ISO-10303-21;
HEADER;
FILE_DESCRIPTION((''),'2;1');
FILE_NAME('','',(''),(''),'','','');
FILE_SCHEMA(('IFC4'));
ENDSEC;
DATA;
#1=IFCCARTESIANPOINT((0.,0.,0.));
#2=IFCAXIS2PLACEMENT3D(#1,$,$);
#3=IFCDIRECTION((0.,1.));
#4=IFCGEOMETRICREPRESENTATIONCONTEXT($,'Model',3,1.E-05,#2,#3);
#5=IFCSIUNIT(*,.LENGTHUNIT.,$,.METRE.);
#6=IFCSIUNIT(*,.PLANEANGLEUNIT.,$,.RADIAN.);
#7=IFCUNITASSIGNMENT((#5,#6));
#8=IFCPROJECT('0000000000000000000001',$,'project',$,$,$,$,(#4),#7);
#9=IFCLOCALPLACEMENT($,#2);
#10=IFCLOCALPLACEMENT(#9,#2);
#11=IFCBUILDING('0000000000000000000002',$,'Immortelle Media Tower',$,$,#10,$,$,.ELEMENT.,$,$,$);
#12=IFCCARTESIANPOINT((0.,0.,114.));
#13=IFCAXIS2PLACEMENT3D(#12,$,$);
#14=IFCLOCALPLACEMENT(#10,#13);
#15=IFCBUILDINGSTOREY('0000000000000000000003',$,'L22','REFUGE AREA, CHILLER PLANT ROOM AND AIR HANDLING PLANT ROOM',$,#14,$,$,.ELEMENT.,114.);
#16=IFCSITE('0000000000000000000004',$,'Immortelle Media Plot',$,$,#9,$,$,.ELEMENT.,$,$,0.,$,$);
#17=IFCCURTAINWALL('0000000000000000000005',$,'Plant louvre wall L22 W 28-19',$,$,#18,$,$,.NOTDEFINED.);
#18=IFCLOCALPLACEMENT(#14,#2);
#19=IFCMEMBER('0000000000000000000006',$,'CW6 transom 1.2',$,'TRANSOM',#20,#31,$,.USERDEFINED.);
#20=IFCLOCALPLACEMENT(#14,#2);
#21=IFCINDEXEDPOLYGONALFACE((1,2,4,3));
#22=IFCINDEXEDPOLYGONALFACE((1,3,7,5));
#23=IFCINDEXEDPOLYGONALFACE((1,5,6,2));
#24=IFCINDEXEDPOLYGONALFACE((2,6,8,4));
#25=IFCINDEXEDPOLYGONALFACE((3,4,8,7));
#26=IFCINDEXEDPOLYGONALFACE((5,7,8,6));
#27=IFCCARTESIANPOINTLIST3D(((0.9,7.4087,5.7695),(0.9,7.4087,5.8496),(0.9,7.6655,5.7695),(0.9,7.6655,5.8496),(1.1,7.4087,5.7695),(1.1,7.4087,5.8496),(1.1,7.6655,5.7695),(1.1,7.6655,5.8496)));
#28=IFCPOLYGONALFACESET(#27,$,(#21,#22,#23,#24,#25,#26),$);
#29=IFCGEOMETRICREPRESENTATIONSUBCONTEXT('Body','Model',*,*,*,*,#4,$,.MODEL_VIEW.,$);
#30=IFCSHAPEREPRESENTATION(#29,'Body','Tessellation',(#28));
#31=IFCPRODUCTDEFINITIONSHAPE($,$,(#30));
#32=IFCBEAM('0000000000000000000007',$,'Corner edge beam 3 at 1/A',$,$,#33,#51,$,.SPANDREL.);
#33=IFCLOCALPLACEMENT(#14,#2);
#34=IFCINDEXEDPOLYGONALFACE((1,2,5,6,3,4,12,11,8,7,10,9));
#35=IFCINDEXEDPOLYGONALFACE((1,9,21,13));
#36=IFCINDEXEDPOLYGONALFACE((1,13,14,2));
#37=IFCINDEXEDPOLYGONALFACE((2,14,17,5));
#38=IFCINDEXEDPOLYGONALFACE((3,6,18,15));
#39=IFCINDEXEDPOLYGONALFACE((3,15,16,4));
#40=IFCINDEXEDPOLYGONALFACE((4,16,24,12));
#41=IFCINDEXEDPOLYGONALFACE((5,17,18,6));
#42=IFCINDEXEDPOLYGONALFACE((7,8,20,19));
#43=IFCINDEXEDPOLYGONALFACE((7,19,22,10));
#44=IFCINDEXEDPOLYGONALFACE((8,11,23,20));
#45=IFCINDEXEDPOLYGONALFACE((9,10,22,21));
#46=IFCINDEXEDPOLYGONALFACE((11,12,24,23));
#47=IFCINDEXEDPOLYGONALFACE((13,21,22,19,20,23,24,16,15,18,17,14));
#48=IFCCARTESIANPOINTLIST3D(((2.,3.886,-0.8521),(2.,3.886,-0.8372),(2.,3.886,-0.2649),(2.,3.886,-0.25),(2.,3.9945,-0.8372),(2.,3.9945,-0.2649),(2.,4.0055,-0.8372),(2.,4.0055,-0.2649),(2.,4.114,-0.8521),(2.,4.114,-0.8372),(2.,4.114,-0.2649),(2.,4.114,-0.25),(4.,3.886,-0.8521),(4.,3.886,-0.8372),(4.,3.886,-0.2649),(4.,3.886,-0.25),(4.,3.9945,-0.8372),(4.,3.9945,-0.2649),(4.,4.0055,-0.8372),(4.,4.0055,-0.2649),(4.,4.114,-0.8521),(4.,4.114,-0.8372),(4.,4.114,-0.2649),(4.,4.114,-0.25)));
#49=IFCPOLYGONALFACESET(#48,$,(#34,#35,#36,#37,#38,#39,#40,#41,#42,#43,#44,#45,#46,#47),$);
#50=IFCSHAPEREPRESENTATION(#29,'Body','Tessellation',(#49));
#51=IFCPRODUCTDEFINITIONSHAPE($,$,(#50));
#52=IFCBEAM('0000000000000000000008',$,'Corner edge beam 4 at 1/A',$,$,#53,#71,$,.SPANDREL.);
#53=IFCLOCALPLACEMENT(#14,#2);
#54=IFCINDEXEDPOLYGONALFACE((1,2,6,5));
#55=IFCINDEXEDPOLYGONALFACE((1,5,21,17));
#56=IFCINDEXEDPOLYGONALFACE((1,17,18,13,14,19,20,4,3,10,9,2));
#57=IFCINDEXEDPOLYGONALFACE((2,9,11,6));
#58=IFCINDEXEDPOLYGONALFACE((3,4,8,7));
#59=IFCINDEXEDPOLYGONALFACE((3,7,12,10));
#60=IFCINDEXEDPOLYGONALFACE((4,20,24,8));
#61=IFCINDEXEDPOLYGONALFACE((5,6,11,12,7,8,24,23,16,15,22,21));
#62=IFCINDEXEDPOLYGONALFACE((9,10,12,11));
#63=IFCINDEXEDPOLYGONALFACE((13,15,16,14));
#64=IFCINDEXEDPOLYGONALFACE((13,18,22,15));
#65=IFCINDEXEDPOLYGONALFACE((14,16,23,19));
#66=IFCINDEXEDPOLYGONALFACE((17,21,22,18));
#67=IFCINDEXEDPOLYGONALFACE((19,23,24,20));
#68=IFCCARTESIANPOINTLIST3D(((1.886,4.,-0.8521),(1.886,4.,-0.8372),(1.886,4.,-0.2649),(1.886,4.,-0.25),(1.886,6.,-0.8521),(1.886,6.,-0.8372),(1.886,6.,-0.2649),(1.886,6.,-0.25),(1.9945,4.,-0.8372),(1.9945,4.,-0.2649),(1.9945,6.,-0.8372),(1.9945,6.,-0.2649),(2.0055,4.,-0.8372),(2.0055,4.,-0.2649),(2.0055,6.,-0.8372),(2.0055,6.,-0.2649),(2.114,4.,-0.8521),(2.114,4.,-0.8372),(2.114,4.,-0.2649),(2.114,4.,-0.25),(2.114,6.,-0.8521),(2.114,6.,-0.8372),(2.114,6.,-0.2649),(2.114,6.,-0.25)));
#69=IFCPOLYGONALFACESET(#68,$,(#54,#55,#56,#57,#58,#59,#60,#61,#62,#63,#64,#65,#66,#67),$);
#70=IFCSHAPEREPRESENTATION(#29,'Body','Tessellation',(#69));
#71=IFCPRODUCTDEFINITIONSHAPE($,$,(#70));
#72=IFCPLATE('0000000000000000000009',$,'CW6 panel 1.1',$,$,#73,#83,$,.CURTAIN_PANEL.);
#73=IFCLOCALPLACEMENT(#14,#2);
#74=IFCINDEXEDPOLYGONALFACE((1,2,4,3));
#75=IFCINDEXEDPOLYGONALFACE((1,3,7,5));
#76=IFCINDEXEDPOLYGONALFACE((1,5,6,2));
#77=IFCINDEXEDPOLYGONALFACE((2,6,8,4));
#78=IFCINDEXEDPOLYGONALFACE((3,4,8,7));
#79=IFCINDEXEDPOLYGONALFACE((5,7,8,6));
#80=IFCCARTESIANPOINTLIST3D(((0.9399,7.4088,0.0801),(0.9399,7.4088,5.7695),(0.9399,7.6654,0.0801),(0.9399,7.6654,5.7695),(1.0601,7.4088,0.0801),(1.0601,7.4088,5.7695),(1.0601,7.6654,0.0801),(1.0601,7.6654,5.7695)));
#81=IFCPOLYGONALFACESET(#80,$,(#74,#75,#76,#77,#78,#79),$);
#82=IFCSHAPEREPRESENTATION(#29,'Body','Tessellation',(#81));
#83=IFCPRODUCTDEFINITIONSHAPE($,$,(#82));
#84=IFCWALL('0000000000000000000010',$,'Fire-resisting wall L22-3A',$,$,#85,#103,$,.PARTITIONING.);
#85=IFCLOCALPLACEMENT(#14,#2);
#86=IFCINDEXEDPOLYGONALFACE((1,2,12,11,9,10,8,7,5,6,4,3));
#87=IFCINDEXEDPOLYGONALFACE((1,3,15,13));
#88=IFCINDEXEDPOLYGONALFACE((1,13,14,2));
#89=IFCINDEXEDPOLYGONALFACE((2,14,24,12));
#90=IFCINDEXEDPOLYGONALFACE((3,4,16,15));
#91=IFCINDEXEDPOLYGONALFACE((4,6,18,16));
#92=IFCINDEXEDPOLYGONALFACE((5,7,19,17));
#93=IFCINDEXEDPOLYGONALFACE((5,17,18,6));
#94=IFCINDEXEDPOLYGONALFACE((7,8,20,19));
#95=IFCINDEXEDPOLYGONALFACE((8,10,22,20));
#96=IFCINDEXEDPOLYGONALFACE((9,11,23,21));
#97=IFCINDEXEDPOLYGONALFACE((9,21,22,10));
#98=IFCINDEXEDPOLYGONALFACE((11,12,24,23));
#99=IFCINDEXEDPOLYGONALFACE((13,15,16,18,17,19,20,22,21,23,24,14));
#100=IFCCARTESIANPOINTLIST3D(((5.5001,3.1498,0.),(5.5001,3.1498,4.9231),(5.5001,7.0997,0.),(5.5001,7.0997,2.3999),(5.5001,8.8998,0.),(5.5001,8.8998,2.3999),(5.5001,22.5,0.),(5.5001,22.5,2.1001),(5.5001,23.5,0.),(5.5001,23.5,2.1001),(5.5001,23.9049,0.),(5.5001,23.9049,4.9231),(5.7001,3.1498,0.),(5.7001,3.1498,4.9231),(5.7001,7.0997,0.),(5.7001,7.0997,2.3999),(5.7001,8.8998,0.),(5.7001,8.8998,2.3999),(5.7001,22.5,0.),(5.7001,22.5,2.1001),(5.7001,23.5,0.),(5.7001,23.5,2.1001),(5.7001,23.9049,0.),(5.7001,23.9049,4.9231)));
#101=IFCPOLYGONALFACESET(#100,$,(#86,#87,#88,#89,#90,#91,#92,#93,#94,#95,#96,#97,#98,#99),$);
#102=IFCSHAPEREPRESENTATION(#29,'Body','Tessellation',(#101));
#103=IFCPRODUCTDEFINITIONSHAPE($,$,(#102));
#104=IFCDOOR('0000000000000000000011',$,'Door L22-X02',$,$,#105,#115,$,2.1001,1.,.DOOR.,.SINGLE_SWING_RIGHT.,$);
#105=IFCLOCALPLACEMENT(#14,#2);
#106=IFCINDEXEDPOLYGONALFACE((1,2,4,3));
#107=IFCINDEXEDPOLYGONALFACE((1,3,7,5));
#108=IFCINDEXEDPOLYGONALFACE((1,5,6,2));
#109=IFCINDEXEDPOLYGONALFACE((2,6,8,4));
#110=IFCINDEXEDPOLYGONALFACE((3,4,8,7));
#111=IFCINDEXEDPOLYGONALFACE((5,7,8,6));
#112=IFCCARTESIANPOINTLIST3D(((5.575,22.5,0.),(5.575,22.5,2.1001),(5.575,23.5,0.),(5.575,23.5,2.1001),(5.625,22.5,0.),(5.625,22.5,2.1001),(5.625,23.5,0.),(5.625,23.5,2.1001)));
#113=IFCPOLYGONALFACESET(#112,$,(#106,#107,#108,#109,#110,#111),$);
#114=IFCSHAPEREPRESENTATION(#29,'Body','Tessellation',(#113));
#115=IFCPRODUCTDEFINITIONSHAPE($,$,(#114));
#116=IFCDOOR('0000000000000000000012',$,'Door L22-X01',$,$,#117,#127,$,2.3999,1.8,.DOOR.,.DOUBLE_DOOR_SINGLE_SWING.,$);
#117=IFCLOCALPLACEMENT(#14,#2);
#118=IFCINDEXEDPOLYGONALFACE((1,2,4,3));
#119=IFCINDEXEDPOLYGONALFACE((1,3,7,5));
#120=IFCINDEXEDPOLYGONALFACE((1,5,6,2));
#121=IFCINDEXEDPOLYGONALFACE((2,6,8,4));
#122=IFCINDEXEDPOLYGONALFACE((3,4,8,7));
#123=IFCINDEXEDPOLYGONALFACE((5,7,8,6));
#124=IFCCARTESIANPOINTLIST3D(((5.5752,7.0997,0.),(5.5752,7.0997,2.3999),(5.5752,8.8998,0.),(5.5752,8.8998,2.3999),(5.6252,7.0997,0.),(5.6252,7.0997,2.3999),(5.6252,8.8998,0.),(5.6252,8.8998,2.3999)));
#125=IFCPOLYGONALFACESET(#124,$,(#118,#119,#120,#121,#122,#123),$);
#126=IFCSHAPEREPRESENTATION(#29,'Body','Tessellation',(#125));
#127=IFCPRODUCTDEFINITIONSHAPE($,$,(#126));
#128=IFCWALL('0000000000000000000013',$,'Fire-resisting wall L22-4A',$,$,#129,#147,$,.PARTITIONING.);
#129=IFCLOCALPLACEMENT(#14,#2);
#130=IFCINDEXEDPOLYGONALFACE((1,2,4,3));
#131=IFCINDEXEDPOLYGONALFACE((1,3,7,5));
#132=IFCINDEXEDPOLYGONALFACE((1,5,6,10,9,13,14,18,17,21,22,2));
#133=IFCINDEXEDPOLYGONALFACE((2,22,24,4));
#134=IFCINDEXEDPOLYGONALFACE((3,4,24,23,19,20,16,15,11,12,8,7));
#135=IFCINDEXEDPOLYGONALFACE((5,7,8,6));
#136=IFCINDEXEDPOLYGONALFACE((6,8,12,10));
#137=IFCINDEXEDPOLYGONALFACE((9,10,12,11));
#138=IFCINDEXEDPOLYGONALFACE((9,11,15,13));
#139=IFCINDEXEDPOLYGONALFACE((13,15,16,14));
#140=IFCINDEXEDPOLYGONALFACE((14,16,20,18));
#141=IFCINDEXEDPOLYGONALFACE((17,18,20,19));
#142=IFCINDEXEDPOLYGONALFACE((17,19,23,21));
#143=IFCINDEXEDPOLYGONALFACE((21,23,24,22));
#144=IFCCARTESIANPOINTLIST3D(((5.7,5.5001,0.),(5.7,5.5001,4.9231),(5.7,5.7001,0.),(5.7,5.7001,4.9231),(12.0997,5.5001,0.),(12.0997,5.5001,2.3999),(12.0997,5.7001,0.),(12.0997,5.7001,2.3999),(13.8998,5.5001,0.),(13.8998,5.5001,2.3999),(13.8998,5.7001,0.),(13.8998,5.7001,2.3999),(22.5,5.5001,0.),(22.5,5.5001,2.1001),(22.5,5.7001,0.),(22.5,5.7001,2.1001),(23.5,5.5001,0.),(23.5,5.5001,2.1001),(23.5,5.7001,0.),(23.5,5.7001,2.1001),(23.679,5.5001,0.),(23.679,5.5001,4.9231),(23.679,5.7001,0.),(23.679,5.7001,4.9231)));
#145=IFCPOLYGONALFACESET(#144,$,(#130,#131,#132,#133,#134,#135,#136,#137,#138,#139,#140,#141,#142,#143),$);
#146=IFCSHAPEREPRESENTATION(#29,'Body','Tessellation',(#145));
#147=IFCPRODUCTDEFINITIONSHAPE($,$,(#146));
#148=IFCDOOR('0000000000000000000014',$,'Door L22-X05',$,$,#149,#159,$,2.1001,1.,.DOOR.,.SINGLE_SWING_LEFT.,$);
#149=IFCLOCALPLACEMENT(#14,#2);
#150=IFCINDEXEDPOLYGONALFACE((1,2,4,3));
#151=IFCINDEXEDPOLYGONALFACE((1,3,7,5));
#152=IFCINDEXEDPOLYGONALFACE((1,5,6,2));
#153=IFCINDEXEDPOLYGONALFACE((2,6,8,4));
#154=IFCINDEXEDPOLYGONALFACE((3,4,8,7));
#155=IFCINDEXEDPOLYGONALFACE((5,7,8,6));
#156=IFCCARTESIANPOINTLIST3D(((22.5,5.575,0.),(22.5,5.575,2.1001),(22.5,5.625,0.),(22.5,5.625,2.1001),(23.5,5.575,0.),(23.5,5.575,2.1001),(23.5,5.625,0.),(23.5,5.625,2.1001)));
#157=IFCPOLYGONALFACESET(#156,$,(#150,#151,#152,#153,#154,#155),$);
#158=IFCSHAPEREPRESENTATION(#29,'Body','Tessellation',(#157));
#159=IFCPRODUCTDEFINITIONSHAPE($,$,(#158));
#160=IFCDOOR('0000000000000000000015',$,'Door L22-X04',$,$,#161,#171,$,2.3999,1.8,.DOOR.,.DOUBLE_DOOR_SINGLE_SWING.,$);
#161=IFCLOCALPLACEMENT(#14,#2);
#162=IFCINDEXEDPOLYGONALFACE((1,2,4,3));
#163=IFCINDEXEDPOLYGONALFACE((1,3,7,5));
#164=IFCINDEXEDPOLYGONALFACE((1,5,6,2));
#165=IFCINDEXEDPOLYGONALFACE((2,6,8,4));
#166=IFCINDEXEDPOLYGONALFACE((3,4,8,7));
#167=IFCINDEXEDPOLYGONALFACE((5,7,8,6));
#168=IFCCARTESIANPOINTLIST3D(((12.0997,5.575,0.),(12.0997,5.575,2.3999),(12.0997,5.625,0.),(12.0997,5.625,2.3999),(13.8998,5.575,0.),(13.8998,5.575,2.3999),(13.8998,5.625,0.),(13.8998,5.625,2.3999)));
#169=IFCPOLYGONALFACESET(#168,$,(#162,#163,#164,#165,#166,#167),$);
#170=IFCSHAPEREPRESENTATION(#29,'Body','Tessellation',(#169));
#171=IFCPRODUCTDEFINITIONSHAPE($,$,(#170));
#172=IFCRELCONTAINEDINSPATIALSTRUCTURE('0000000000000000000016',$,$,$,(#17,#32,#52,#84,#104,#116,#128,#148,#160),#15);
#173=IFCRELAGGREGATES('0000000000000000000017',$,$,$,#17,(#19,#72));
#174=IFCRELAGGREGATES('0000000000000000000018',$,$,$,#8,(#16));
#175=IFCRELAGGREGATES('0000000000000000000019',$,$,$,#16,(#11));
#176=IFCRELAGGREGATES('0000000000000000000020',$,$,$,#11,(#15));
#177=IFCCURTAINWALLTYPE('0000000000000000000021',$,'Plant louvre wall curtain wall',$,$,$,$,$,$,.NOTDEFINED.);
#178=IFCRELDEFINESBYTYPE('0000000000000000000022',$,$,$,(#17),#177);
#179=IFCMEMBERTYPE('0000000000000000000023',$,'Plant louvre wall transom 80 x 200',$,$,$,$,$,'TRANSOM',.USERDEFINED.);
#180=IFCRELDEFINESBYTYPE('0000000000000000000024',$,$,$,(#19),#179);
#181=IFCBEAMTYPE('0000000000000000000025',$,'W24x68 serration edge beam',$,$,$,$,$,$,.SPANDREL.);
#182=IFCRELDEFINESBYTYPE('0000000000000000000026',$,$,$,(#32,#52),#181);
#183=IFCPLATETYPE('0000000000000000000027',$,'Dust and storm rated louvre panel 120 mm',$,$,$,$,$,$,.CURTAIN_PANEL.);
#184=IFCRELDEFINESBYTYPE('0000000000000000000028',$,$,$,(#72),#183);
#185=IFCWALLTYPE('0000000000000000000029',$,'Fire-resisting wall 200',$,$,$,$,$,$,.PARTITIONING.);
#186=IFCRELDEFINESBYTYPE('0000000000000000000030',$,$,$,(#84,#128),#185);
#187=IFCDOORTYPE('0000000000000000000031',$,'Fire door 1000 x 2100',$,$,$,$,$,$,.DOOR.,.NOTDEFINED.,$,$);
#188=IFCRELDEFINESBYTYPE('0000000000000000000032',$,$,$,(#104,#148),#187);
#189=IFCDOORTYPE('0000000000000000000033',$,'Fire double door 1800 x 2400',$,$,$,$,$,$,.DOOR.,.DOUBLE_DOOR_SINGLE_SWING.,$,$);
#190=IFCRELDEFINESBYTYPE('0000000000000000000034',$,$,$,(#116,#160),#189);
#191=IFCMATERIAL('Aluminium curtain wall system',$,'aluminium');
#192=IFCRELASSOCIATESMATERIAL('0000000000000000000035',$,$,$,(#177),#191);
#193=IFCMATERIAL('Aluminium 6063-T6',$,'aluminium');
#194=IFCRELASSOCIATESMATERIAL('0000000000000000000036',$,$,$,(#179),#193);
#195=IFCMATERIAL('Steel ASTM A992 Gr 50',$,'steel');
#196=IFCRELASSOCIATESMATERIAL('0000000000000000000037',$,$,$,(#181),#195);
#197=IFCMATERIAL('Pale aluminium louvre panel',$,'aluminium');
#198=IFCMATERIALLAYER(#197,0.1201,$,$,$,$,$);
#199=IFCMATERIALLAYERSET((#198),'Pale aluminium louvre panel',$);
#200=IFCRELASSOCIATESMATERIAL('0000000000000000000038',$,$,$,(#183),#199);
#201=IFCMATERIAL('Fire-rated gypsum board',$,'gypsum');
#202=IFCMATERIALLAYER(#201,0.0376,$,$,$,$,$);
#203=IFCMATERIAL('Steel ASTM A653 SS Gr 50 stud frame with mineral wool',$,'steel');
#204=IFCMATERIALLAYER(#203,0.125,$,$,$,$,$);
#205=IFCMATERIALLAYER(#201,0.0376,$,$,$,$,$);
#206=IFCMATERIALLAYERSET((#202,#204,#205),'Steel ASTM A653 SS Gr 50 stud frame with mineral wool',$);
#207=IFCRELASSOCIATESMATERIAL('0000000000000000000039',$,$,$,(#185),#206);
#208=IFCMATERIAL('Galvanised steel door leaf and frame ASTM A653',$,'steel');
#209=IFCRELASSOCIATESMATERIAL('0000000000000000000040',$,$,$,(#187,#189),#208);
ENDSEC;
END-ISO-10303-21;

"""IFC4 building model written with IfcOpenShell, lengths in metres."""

from ifc_helpers import new_model, si_unit, direction, frame, frame_2d, origin, origin_2d, place, context, subcontext, project, spatial, rectangle, i_section, extrude, material, layer, layer_set, material_profile, profile_set, type_object, element, fill, aggregate, save


model = new_model("IFC4")

# Units and contexts
model_context = context("Model", 3, precision=1e-05, world=origin(), true_north=direction((0.0, 1.0)))
body_context = subcontext(model_context, "Body", "Model", "MODEL_VIEW")
ifc_project = project(units=[si_unit("LENGTHUNIT", "METRE"), si_unit("PLANEANGLEUNIT", "RADIAN")], contexts=[model_context])

# Site, building, storey
site_placement = place(None, origin())
site = spatial("IfcSite", under=ifc_project, at=site_placement, Name="Immortelle Media Plot", CompositionType="ELEMENT", RefElevation=0.0)
building_placement = place(site_placement, origin())
building = spatial("IfcBuilding", under=site, at=building_placement, Name="Immortelle Media Tower", CompositionType="ELEMENT")
storey_placement = place(building_placement, frame((0.0, 0.0, 114.0)))
storey = spatial("IfcBuildingStorey", under=building, at=storey_placement, Name="L22", Description="REFUGE AREA, CHILLER PLANT ROOM AND AIR HANDLING PLANT ROOM", CompositionType="ELEMENT", Elevation=114.0)

# Shared definitions
ifc_material_1 = material(Name="Steel ASTM A992 Gr 50", Category="steel")

# Shared definitions
ifc_material_2 = material(Name="Aluminium curtain wall system", Category="aluminium")
curtain_wall_type = type_object("IfcCurtainWallType", Name="Plant louvre wall curtain wall", PredefinedType="NOTDEFINED", material=ifc_material_2)
ifc_material_3 = material(Name="Aluminium 6063-T6", Category="aluminium")

# Curtain wall, member
curtain_wall_1_placement = place(storey_placement, origin())
curtain_wall_1 = element("IfcCurtainWall", 1, at=curtain_wall_1_placement, inside=storey, type_object=curtain_wall_type, Name="Plant louvre wall L22 W 28-19", PredefinedType="NOTDEFINED")
ifc_material_profile_1 = material_profile(ifc_material_3, rectangle(XDim=0.2, YDim=0.0801, at=origin_2d()), Name="AL 80x200")
ifc_profile_set_1 = profile_set([ifc_material_profile_1], Name="Aluminium 6063-T6")
member_type_1 = type_object("IfcMemberType", Name="Plant louvre wall transom 80 x 200", ElementType="TRANSOM", PredefinedType="USERDEFINED", material=ifc_profile_set_1)
member_1_placement = place(storey_placement, frame((1.0, 7.6655, 5.8096), z_axis=(0.0, -1.0, 0.0), x_axis=(1.0, 0.0, 0.0)))
member_1 = element("IfcMember", 2, at=member_1_placement, type_object=member_type_1, Name="CW6 transom 1.2", ObjectType="TRANSOM", PredefinedType="USERDEFINED", context=body_context, shape_type="SweptSolid", body=[
    extrude(rectangle(XDim=0.2, YDim=0.0801, at=origin_2d()), origin(), (0.0, 0.0, 1.0), 0.2568),
])

# Beams
ifc_material_profile_2 = material_profile(ifc_material_1, i_section(OverallWidth=0.228, OverallDepth=0.6021, WebThickness=0.011, FlangeThickness=0.0149, at=origin_2d()), Name="W24x68")
ifc_profile_set_2 = profile_set([ifc_material_profile_2], Name="Steel ASTM A992 Gr 50")
beam_type = type_object("IfcBeamType", Name="W24x68 serration edge beam", PredefinedType="SPANDREL", material=ifc_profile_set_2)
for number, where, z_axis, x_axis, name in (
    (3, (4.0, 4.0, -0.551), (-1.0, 0.0, 0.0), (0.0, -1.0, 0.0), "Corner edge beam 3 at 1/A"),
    (4, (2.0, 4.0, -0.551), (0.0, 1.0, 0.0), (-1.0, 0.0, 0.0), "Corner edge beam 4 at 1/A"),
):
    element("IfcBeam", number, at=place(storey_placement, frame(where, z_axis=z_axis, x_axis=x_axis)), inside=storey, type_object=beam_type, Name=name, PredefinedType="SPANDREL", context=body_context, shape_type="SweptSolid", body=[
        extrude(i_section(OverallWidth=0.228, OverallDepth=0.6021, WebThickness=0.011, FlangeThickness=0.0149, at=origin_2d()), origin(), (0.0, 0.0, 1.0), 2.0),
    ])

# Plate
ifc_material_4 = material(Name="Pale aluminium louvre panel", Category="aluminium")
ifc_layer_1 = layer(ifc_material_4, 0.1201)
ifc_layer_set_1 = layer_set([ifc_layer_1], Name="Pale aluminium louvre panel")
plate_type = type_object("IfcPlateType", Name="Dust and storm rated louvre panel 120 mm", PredefinedType="CURTAIN_PANEL", material=ifc_layer_set_1)
plate_placement = place(storey_placement, frame((1.0, 7.5371, 0.0801), z_axis=(0.0, 0.0, 1.0), x_axis=(0.0, -1.0, 0.0)))
plate = element("IfcPlate", 5, at=plate_placement, type_object=plate_type, Name="CW6 panel 1.1", PredefinedType="CURTAIN_PANEL", context=body_context, shape_type="SweptSolid", body=[
    extrude(rectangle(XDim=0.2566, YDim=0.1201, at=origin_2d()), origin(), (0.0, 0.0, 1.0), 5.6895),
])
aggregate(curtain_wall_1, [member_1, plate])

# Walls, openings, doors
ifc_material_5 = material(Name="Fire-rated gypsum board", Category="gypsum")
ifc_layer_2 = layer(ifc_material_5, 0.0376)
ifc_material_6 = material(Name="Steel ASTM A653 SS Gr 50 stud frame with mineral wool", Category="steel")
ifc_layer_3 = layer(ifc_material_6, 0.125)
ifc_layer_4 = layer(ifc_material_5, 0.0376)
ifc_layer_set_2 = layer_set([ifc_layer_2, ifc_layer_3, ifc_layer_4], Name="Steel ASTM A653 SS Gr 50 stud frame with mineral wool")
wall_type_1 = type_object("IfcWallType", Name="Fire-resisting wall 200", PredefinedType="PARTITIONING", material=ifc_layer_set_2)
wall_1_placement = place(storey_placement, frame((5.6001, 3.1499, 0.0), z_axis=(0.0, 0.0, 1.0), x_axis=(0.0, 1.0, 0.0)))
wall_1 = element("IfcWall", 6, at=wall_1_placement, inside=storey, type_object=wall_type_1, Name="Fire-resisting wall L22-3A", PredefinedType="PARTITIONING", context=body_context, shape_type="SweptSolid", body=[
    extrude(rectangle(XDim=20.7551, YDim=0.2, at=frame_2d((10.3774, 0.0))), origin(), (0.0, 0.0, 1.0), 4.9231),
])
opening_1_placement = place(wall_1_placement, frame((3.95, 0.0, 0.0)))
opening_1 = element("IfcOpeningElement", 7, at=opening_1_placement, cuts=wall_1, PredefinedType="OPENING", context=body_context, shape_type="SweptSolid", body=[
    extrude(rectangle(XDim=1.8, YDim=2.3999, at=frame_2d((0.8999, 1.2))), frame((0.0, 0.1099, 0.0), z_axis=(0.0, -1.0, 0.0), x_axis=(1.0, 0.0, 0.0)), (0.0, 0.0, 1.0), 0.22),
])
opening_2_placement = place(wall_1_placement, frame((20.3501, 0.0, 0.0), z_axis=(0.0, 0.0, 1.0), x_axis=(-1.0, 0.0, 0.0)))
opening_2 = element("IfcOpeningElement", 8, at=opening_2_placement, cuts=wall_1, PredefinedType="OPENING", context=body_context, shape_type="SweptSolid", body=[
    extrude(rectangle(XDim=1.0, YDim=2.1001, at=frame_2d((0.5, 1.05))), frame((0.0, 0.1099, 0.0), z_axis=(0.0, -1.0, 0.0), x_axis=(1.0, 0.0, 0.0)), (0.0, 0.0, 1.0), 0.22),
])
ifc_material_7 = material(Name="Galvanised steel door leaf and frame ASTM A653", Category="steel")
door_type_1 = type_object("IfcDoorType", Name="Fire door 1000 x 2100", OperationType="NOTDEFINED", PredefinedType="DOOR", material=ifc_material_7)
door_1_placement = place(opening_2_placement, origin())
door_1 = element("IfcDoor", 9, at=door_1_placement, inside=storey, type_object=door_type_1, Name="Door L22-X02", OperationType="SINGLE_SWING_RIGHT", OverallHeight=2.1001, OverallWidth=1.0, PredefinedType="DOOR", context=body_context, shape_type="SweptSolid", body=[
    extrude(rectangle(XDim=1.0, YDim=2.1001, at=frame_2d((0.5, 1.05))), frame((0.0, 0.0249, 0.0), z_axis=(0.0, -1.0, 0.0), x_axis=(1.0, 0.0, 0.0)), (0.0, 0.0, 1.0), 0.05),
])
fill(opening_2, door_1)
door_type_2 = type_object("IfcDoorType", Name="Fire double door 1800 x 2400", OperationType="DOUBLE_DOOR_SINGLE_SWING", PredefinedType="DOOR", material=ifc_material_7)
door_2_placement = place(opening_1_placement, origin())
door_2 = element("IfcDoor", 10, at=door_2_placement, inside=storey, type_object=door_type_2, Name="Door L22-X01", OperationType="DOUBLE_DOOR_SINGLE_SWING", OverallHeight=2.3999, OverallWidth=1.8, PredefinedType="DOOR", context=body_context, shape_type="SweptSolid", body=[
    extrude(rectangle(XDim=1.8, YDim=2.3999, at=frame_2d((0.8999, 1.2))), frame((0.0, 0.0249, 0.0), z_axis=(0.0, -1.0, 0.0), x_axis=(1.0, 0.0, 0.0)), (0.0, 0.0, 1.0), 0.05),
])
fill(opening_1, door_2)
wall_2_placement = place(storey_placement, frame((5.7, 5.6001, 0.0), z_axis=(0.0, 0.0, 1.0), x_axis=(1.0, 0.0, 0.0)))
wall_2 = element("IfcWall", 11, at=wall_2_placement, inside=storey, type_object=wall_type_1, Name="Fire-resisting wall L22-4A", PredefinedType="PARTITIONING", context=body_context, shape_type="SweptSolid", body=[
    extrude(rectangle(XDim=17.979, YDim=0.2, at=frame_2d((8.9895, 0.0))), origin(), (0.0, 0.0, 1.0), 4.9231),
])
opening_3_placement = place(wall_2_placement, frame((6.3999, 0.0, 0.0)))
opening_3 = element("IfcOpeningElement", 12, at=opening_3_placement, cuts=wall_2, PredefinedType="OPENING", context=body_context, shape_type="SweptSolid", body=[
    extrude(rectangle(XDim=1.8, YDim=2.3999, at=frame_2d((0.8999, 1.2))), frame((0.0, 0.1099, 0.0), z_axis=(0.0, -1.0, 0.0), x_axis=(1.0, 0.0, 0.0)), (0.0, 0.0, 1.0), 0.22),
])
opening_4_placement = place(wall_2_placement, frame((16.8, 0.0, 0.0)))
opening_4 = element("IfcOpeningElement", 13, at=opening_4_placement, cuts=wall_2, PredefinedType="OPENING", context=body_context, shape_type="SweptSolid", body=[
    extrude(rectangle(XDim=1.0, YDim=2.1001, at=frame_2d((0.5, 1.05))), frame((0.0, 0.1099, 0.0), z_axis=(0.0, -1.0, 0.0), x_axis=(1.0, 0.0, 0.0)), (0.0, 0.0, 1.0), 0.22),
])
door_3_placement = place(opening_4_placement, origin())
door_3 = element("IfcDoor", 14, at=door_3_placement, inside=storey, type_object=door_type_1, Name="Door L22-X05", OperationType="SINGLE_SWING_LEFT", OverallHeight=2.1001, OverallWidth=1.0, PredefinedType="DOOR", context=body_context, shape_type="SweptSolid", body=[
    extrude(rectangle(XDim=1.0, YDim=2.1001, at=frame_2d((0.5, 1.05))), frame((0.0, 0.0249, 0.0), z_axis=(0.0, -1.0, 0.0), x_axis=(1.0, 0.0, 0.0)), (0.0, 0.0, 1.0), 0.05),
])
fill(opening_4, door_3)
door_4_placement = place(opening_3_placement, origin())
door_4 = element("IfcDoor", 15, at=door_4_placement, inside=storey, type_object=door_type_2, Name="Door L22-X04", OperationType="DOUBLE_DOOR_SINGLE_SWING", OverallHeight=2.3999, OverallWidth=1.8, PredefinedType="DOOR", context=body_context, shape_type="SweptSolid", body=[
    extrude(rectangle(XDim=1.8, YDim=2.3999, at=frame_2d((0.8999, 1.2))), frame((0.0, 0.0249, 0.0), z_axis=(0.0, -1.0, 0.0), x_axis=(1.0, 0.0, 0.0)), (0.0, 0.0, 1.0), 0.05),
])
fill(opening_3, door_4)

save(model, "model.ifc")
